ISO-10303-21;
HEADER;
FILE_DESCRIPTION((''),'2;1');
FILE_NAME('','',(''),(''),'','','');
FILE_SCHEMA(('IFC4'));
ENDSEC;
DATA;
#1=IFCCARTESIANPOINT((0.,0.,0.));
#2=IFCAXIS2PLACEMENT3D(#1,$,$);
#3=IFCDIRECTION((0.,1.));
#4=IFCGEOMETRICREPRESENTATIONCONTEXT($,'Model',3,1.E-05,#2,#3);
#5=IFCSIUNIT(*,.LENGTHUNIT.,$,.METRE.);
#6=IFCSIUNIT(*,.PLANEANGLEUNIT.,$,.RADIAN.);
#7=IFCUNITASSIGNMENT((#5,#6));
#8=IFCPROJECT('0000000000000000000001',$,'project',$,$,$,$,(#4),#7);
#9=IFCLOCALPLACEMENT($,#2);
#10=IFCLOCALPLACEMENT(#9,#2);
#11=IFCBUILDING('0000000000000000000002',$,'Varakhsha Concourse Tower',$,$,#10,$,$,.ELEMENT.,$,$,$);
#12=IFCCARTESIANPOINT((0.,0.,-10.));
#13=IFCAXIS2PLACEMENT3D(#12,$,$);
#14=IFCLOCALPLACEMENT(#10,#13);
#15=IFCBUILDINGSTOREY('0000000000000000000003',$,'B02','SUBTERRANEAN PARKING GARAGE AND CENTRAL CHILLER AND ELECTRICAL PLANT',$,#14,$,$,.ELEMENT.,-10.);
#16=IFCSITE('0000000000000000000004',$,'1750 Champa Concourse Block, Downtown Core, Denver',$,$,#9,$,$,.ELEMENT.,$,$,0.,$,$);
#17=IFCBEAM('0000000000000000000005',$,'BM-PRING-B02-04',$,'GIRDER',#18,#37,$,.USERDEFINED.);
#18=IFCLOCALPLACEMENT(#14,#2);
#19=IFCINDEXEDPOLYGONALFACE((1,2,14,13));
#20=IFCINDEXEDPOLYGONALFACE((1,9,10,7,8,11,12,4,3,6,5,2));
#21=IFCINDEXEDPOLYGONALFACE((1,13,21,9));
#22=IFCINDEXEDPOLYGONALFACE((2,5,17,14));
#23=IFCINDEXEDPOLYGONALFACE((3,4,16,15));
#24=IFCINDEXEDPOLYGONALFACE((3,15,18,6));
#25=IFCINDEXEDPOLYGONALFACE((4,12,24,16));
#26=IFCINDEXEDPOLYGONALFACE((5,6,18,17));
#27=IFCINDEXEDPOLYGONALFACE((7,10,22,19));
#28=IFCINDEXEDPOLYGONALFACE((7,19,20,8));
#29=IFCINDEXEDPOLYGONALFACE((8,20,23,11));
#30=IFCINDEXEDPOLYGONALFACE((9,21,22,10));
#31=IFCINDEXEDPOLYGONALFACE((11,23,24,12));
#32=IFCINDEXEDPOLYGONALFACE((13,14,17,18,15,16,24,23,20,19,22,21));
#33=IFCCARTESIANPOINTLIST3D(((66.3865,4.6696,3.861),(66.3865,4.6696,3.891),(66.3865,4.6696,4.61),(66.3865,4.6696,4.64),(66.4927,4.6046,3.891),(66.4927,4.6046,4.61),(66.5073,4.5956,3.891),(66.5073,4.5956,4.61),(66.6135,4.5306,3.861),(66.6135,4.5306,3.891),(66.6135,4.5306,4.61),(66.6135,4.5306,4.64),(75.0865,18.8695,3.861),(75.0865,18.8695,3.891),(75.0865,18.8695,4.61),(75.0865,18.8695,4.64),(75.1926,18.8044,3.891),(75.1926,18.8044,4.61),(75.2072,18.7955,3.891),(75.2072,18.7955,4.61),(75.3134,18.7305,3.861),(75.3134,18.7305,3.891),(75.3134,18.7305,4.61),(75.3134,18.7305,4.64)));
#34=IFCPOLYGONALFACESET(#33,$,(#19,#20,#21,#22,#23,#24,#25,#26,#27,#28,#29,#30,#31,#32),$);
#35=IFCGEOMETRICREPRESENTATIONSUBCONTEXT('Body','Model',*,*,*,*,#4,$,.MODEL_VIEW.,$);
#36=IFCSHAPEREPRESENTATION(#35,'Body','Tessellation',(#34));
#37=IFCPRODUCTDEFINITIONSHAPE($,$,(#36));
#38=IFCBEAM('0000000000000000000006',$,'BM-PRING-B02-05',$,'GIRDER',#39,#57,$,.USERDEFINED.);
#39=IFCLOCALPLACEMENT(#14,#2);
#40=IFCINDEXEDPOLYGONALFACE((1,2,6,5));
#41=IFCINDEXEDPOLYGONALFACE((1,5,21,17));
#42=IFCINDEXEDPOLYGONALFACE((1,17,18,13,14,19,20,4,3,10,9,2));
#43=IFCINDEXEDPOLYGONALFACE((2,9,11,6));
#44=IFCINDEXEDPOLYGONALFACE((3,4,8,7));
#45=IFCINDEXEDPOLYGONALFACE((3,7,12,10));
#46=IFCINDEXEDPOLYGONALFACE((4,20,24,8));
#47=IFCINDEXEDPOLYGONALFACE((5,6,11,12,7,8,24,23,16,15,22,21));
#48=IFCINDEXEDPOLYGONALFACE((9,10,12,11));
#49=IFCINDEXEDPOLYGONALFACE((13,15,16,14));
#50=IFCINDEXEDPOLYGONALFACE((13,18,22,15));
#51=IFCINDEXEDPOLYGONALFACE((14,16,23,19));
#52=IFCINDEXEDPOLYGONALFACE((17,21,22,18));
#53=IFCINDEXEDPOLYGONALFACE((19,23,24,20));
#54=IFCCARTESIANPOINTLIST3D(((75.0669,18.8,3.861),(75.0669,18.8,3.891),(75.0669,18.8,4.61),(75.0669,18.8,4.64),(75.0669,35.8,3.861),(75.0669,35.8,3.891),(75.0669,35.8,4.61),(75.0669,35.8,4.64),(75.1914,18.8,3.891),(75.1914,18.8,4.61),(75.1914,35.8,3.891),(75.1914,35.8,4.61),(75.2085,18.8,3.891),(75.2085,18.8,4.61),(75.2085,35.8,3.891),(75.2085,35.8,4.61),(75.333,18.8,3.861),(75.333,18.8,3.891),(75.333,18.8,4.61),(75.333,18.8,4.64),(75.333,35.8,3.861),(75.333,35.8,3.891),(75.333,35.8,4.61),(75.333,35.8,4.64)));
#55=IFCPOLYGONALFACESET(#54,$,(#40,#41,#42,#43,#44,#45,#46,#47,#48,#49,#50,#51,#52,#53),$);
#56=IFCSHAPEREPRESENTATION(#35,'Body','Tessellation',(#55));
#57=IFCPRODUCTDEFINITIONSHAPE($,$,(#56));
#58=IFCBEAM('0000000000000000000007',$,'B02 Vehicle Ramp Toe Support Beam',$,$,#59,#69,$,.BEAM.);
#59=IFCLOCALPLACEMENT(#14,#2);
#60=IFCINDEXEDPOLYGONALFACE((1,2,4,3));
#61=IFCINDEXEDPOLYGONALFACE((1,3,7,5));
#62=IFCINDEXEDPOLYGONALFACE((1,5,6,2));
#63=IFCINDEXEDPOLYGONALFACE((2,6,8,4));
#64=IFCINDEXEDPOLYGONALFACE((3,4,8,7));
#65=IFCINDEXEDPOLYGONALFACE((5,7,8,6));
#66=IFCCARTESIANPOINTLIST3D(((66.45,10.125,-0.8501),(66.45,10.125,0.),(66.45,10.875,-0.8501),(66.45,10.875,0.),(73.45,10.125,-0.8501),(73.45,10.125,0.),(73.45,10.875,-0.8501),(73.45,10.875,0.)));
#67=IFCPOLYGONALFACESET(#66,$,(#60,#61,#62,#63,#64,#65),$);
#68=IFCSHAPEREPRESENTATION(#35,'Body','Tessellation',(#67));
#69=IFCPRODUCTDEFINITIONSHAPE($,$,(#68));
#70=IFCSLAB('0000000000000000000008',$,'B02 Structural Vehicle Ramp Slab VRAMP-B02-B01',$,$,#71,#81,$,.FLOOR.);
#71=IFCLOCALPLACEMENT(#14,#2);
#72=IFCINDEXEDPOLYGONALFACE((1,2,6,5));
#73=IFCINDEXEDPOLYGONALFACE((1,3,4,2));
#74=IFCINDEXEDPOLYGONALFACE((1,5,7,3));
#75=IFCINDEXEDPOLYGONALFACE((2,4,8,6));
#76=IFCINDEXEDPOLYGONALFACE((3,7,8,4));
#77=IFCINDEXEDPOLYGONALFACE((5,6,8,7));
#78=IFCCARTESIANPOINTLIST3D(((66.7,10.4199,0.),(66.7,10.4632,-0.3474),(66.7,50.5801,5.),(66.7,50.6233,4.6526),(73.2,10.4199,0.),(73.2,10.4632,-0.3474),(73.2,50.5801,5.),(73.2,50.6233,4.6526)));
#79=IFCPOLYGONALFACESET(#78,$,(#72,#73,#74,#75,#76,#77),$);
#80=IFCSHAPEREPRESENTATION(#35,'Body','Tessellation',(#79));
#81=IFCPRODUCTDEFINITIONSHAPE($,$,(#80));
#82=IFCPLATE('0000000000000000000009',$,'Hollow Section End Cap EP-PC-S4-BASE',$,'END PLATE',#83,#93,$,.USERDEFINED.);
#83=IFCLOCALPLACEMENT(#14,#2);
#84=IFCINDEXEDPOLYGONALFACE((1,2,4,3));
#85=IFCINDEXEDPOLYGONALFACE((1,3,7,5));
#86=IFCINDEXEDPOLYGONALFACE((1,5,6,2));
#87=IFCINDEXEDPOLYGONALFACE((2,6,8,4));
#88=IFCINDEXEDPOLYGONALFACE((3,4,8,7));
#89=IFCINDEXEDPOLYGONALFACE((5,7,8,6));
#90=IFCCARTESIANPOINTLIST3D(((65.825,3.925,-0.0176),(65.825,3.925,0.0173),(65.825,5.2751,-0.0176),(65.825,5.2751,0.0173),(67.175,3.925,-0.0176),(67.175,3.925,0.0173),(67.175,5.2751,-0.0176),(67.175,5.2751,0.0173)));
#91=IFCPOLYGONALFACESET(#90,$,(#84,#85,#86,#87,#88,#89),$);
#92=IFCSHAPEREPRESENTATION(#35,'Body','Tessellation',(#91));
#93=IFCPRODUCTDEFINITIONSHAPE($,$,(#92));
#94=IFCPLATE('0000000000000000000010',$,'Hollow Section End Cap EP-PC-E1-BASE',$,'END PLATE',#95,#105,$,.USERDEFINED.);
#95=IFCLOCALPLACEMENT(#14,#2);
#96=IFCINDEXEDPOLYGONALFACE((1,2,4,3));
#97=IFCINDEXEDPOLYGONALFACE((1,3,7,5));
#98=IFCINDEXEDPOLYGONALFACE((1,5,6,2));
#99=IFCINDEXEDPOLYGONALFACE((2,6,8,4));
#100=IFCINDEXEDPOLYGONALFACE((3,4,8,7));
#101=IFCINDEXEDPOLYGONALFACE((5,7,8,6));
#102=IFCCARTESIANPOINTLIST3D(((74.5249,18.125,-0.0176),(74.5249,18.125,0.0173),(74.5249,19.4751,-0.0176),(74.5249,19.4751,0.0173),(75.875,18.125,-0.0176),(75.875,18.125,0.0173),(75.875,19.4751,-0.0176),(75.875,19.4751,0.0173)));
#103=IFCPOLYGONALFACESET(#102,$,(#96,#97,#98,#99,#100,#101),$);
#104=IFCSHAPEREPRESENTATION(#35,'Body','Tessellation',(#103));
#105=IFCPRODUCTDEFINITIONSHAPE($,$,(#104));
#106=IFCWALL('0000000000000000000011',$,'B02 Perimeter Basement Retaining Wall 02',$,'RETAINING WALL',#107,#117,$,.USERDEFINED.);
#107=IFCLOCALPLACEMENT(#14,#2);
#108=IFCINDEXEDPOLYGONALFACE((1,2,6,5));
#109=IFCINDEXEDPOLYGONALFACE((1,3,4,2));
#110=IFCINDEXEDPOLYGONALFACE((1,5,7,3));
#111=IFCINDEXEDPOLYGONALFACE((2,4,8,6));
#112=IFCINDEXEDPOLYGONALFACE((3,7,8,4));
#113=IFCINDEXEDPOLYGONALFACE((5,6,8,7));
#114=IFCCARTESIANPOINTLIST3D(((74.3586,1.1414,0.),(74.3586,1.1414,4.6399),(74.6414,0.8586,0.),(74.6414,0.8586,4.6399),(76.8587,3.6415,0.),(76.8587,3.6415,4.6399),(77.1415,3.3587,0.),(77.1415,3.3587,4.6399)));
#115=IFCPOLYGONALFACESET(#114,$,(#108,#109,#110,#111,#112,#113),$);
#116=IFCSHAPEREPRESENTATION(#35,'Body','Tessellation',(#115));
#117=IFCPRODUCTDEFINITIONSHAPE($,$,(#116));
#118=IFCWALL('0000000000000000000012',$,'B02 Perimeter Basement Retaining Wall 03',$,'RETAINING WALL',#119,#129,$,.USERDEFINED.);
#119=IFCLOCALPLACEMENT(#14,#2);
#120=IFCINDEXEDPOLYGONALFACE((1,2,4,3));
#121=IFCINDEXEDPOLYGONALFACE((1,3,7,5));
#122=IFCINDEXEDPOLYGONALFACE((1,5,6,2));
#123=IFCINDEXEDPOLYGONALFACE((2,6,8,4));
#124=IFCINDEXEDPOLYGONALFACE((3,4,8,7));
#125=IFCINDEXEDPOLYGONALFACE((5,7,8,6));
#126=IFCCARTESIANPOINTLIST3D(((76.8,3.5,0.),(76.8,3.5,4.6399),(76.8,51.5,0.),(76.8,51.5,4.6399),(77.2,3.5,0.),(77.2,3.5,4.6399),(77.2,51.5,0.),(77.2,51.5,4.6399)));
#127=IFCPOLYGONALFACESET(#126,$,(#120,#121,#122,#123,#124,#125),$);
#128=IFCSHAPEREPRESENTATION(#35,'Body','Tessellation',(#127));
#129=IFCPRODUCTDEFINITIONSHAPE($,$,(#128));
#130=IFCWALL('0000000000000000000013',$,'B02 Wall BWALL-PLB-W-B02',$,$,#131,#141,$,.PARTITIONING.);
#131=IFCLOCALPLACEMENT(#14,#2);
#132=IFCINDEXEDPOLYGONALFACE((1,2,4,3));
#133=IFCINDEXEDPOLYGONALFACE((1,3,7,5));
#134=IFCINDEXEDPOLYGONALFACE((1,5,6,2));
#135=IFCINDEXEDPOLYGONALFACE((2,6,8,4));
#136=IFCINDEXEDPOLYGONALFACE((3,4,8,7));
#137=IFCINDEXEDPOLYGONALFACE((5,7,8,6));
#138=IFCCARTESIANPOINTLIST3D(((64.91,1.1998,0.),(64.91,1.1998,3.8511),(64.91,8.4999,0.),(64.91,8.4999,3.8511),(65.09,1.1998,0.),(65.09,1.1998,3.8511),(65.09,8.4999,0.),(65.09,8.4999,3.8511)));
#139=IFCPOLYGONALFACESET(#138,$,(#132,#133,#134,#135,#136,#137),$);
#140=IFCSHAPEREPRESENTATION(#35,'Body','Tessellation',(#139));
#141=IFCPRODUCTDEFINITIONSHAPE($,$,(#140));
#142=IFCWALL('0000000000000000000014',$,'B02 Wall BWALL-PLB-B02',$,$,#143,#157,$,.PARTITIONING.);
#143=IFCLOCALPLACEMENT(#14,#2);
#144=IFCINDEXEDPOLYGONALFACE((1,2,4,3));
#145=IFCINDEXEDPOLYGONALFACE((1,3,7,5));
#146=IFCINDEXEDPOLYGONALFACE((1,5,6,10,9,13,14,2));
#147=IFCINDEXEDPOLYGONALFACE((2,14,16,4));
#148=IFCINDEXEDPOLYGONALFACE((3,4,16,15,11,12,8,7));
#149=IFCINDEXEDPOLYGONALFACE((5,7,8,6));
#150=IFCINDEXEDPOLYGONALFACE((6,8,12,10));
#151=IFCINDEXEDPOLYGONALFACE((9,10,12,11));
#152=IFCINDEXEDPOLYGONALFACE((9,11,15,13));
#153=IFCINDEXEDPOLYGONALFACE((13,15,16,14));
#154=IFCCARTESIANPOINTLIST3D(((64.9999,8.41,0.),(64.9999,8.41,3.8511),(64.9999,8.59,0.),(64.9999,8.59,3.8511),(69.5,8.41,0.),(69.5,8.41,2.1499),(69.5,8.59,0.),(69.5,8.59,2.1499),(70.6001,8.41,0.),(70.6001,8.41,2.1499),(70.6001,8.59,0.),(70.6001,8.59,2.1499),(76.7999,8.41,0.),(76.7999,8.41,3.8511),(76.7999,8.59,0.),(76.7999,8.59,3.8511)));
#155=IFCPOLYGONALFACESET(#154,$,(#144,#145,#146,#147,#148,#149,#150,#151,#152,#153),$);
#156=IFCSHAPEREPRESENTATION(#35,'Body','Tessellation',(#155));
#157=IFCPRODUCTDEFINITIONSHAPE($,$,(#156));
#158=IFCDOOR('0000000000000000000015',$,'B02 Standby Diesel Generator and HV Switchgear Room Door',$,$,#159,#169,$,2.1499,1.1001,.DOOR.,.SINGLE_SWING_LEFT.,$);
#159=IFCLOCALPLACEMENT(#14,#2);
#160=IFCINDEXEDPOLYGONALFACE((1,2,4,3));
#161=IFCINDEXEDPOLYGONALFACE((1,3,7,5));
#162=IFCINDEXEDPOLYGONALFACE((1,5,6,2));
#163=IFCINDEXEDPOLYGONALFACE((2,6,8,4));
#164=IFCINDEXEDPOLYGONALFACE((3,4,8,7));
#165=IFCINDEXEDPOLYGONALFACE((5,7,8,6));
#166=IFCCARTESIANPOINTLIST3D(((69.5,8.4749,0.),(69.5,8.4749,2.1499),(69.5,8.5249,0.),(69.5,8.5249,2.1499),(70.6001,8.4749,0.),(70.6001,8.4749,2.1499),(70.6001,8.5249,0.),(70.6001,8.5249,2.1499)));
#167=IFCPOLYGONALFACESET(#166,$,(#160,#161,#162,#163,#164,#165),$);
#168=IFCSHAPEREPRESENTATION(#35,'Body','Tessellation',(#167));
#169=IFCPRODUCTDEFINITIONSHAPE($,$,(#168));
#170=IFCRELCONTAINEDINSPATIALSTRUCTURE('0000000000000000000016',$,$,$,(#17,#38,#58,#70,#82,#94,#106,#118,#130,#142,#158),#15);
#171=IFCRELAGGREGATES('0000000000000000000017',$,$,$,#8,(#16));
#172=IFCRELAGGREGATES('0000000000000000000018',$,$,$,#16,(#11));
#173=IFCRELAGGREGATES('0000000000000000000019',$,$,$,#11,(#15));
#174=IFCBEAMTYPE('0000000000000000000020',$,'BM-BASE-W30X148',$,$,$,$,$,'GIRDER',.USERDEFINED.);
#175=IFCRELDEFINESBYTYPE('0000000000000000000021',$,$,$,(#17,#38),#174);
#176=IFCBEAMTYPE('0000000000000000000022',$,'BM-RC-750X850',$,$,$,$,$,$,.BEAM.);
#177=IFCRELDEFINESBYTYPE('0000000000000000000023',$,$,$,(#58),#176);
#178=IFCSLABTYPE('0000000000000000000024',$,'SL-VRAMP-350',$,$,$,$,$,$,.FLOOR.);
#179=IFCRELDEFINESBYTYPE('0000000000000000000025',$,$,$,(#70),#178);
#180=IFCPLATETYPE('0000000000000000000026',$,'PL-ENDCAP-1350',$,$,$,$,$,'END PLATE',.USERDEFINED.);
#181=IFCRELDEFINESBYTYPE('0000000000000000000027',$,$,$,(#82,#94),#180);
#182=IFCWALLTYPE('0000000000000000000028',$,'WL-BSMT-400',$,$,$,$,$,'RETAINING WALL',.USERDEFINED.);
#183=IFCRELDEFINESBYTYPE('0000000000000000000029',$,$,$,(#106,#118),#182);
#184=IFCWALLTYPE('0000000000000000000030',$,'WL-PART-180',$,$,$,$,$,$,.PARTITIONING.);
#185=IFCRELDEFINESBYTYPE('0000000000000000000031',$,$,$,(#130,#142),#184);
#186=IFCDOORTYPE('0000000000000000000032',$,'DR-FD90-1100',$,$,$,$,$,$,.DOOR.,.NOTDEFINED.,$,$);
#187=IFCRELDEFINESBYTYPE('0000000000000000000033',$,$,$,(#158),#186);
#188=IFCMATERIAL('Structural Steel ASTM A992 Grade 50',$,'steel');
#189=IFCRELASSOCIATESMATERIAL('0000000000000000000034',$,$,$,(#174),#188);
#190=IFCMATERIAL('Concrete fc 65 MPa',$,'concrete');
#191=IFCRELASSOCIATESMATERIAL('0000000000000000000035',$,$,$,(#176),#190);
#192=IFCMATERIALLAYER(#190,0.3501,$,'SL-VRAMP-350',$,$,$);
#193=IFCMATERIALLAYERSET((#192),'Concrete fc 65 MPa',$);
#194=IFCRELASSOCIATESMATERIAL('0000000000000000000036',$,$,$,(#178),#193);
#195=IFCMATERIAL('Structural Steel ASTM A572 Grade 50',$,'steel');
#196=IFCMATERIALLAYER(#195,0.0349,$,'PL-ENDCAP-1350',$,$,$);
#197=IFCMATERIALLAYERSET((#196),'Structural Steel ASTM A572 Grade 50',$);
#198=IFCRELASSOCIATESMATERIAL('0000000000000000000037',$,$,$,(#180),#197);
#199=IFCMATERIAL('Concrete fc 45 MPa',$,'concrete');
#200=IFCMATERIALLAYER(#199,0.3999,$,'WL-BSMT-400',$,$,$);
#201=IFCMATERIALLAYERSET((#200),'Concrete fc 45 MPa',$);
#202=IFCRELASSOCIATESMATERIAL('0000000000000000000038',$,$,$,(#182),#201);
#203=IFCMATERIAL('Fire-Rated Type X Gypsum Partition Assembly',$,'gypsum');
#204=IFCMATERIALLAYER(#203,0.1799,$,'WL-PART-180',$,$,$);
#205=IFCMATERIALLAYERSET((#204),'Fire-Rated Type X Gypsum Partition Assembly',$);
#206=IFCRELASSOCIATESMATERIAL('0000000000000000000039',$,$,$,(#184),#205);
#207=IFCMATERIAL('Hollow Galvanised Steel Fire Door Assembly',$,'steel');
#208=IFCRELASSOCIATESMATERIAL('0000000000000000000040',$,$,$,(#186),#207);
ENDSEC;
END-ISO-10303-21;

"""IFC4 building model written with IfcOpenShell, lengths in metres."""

from ifc_helpers import new_model, si_unit, direction, frame, frame_2d, origin, origin_2d, place, context, subcontext, project, spatial, polyline, rectangle, i_section, outline, extrude, source, transform, mapped, material, layer, layer_set, material_profile, profile_set, type_object, type_shapes, element, fill, save


model = new_model("IFC4")

# Units and contexts
model_context = context("Model", 3, precision=1e-05, world=origin(), true_north=direction((0.0, 1.0)))
body_context = subcontext(model_context, "Body", "Model", "MODEL_VIEW")
ifc_project = project(units=[si_unit("LENGTHUNIT", "METRE"), si_unit("PLANEANGLEUNIT", "RADIAN")], contexts=[model_context])

# Site, building, storey
site_placement = place(None, origin())
site = spatial("IfcSite", under=ifc_project, at=site_placement, Name="1750 Champa Concourse Block, Downtown Core, Denver", CompositionType="ELEMENT", RefElevation=0.0)
building_placement = place(site_placement, origin())
building = spatial("IfcBuilding", under=site, at=building_placement, Name="Varakhsha Concourse Tower", CompositionType="ELEMENT")
storey_placement = place(building_placement, frame((0.0, 0.0, -10.0)))
storey = spatial("IfcBuildingStorey", under=building, at=storey_placement, Name="B02", Description="SUBTERRANEAN PARKING GARAGE AND CENTRAL CHILLER AND ELECTRICAL PLANT", CompositionType="ELEMENT", Elevation=-10.0)

# Shared definitions
ifc_material_1 = material(Name="Concrete fc 65 MPa", Category="concrete")

# Shared definitions
ifc_material_2 = material(Name="Structural Steel ASTM A992 Grade 50", Category="steel")
ifc_material_3 = material(Name="Structural Steel ASTM A572 Grade 50", Category="steel")

# Beams
ifc_material_profile_1 = material_profile(ifc_material_2, i_section(OverallWidth=0.2661, OverallDepth=0.7791, WebThickness=0.0171, FlangeThickness=0.03, at=origin_2d()), Name="W30X148")
ifc_profile_set_1 = profile_set([ifc_material_profile_1], Name="Structural Steel ASTM A992 Grade 50")
beam_type_1 = type_object("IfcBeamType", Name="BM-BASE-W30X148", ElementType="GIRDER", PredefinedType="USERDEFINED", material=ifc_profile_set_1)
beam_1_placement = place(storey_placement, frame((66.5, 4.6001, 4.2505), z_axis=(0.52242, 0.852688, 0.0), x_axis=(-0.852688, 0.52242, 0.0)))
element("IfcBeam", 1, at=beam_1_placement, inside=storey, type_object=beam_type_1, Name="BM-PRING-B02-04", ObjectType="GIRDER", PredefinedType="USERDEFINED", context=body_context, shape_type="SweptSolid", body=[
    extrude(i_section(OverallWidth=0.2661, OverallDepth=0.7791, WebThickness=0.0171, FlangeThickness=0.03, at=origin_2d()), origin(), (0.0, 0.0, 1.0), 16.6531),
])
beam_2_placement = place(storey_placement, frame((75.2, 18.8, 4.2505), z_axis=(0.0, 1.0, 0.0), x_axis=(-1.0, 0.0, 0.0)))
element("IfcBeam", 2, at=beam_2_placement, inside=storey, type_object=beam_type_1, Name="BM-PRING-B02-05", ObjectType="GIRDER", PredefinedType="USERDEFINED", context=body_context, shape_type="SweptSolid", body=[
    extrude(i_section(OverallWidth=0.2661, OverallDepth=0.7791, WebThickness=0.0171, FlangeThickness=0.03, at=origin_2d()), origin(), (0.0, 0.0, 1.0), 17.0),
])
ifc_material_profile_2 = material_profile(ifc_material_1, rectangle(XDim=0.75, YDim=0.8501, at=origin_2d()), Name="RC 750x850")
ifc_profile_set_2 = profile_set([ifc_material_profile_2], Name="Concrete fc 65 MPa")
beam_type_2 = type_object("IfcBeamType", Name="BM-RC-750X850", PredefinedType="BEAM", material=ifc_profile_set_2)
beam_3_placement = place(storey_placement, frame((66.45, 10.5, -0.425), z_axis=(1.0, 0.0, 0.0), x_axis=(0.0, 1.0, 0.0)))
element("IfcBeam", 3, at=beam_3_placement, inside=storey, type_object=beam_type_2, Name="B02 Vehicle Ramp Toe Support Beam", PredefinedType="BEAM", context=body_context, shape_type="SweptSolid", body=[
    extrude(rectangle(XDim=0.75, YDim=0.8501, at=origin_2d()), origin(), (0.0, 0.0, 1.0), 7.0),
])

# Slab
ifc_layer_1 = layer(ifc_material_1, 0.3501, Name="SL-VRAMP-350")
ifc_layer_set_1 = layer_set([ifc_layer_1], Name="Concrete fc 65 MPa")
slab_type = type_object("IfcSlabType", Name="SL-VRAMP-350", PredefinedType="FLOOR", material=ifc_layer_set_1)
slab_placement = place(storey_placement, frame((66.7, 10.4199, 0.0), z_axis=(0.0, -0.123548, 0.992339), x_axis=(1.0, 0.0, 0.0)))
element("IfcSlab", 4, at=slab_placement, inside=storey, type_object=slab_type, Name="B02 Structural Vehicle Ramp Slab VRAMP-B02-B01", PredefinedType="FLOOR", context=body_context, shape_type="SweptSolid", body=[
    extrude(outline(polyline([(0.0, 0.0), (6.5, 0.0), (6.5, 40.4702), (0.0, 40.4702), (0.0, 0.0)])), origin(), (0.0, 0.0, -1.0), 0.3501),
])

# Plates
ifc_layer_2 = layer(ifc_material_3, 0.0349, Name="PL-ENDCAP-1350")
ifc_layer_set_2 = layer_set([ifc_layer_2], Name="Structural Steel ASTM A572 Grade 50")
plate_type = type_object("IfcPlateType", Name="PL-ENDCAP-1350", ElementType="END PLATE", PredefinedType="USERDEFINED", material=ifc_layer_set_2)
shared_shape = source(origin(), body_context, "Body", "SweptSolid", [
    extrude(rectangle(XDim=1.3501, YDim=1.3501, at=origin_2d()), origin(), (0.0, 0.0, 1.0), 0.0349),
])
type_shapes(plate_type, [shared_shape])
for number, where, z_axis, x_axis, name in (
    (5, (66.5, 4.6001, -0.0176), (0.0, 0.0, 1.0), (1.0, 0.0, 0.0), "Hollow Section End Cap EP-PC-S4-BASE"),
    (6, (75.2, 18.8, -0.0176), (0.0, 0.0, 1.0), (1.0, 0.0, 0.0), "Hollow Section End Cap EP-PC-E1-BASE"),
):
    element("IfcPlate", number, at=place(storey_placement, frame(where, z_axis=z_axis, x_axis=x_axis)), inside=storey, type_object=plate_type, Name=name, ObjectType="END PLATE", PredefinedType="USERDEFINED", context=body_context, shape_type="MappedRepresentation", body=[
        mapped(shared_shape, transform((0.0, 0.0, 0.0), scale=1.0)),
    ])

# Walls
ifc_material_4 = material(Name="Concrete fc 45 MPa", Category="concrete")
ifc_layer_3 = layer(ifc_material_4, 0.3999, Name="WL-BSMT-400")
ifc_layer_set_3 = layer_set([ifc_layer_3], Name="Concrete fc 45 MPa")
wall_type_1 = type_object("IfcWallType", Name="WL-BSMT-400", ElementType="RETAINING WALL", PredefinedType="USERDEFINED", material=ifc_layer_set_3)
wall_1_placement = place(storey_placement, frame((74.5, 1.0, 0.0), z_axis=(0.0, 0.0, 1.0), x_axis=(0.707107, 0.707107, 0.0)))
element("IfcWall", 7, at=wall_1_placement, inside=storey, type_object=wall_type_1, Name="B02 Perimeter Basement Retaining Wall 02", ObjectType="RETAINING WALL", PredefinedType="USERDEFINED", context=body_context, shape_type="SweptSolid", body=[
    extrude(rectangle(XDim=3.5356, YDim=0.3999, at=frame_2d((1.7678, 0.0))), origin(), (0.0, 0.0, 1.0), 4.6399),
])
wall_2_placement = place(storey_placement, frame((77.0, 3.5, 0.0), z_axis=(0.0, 0.0, 1.0), x_axis=(0.0, 1.0, 0.0)))
element("IfcWall", 8, at=wall_2_placement, inside=storey, type_object=wall_type_1, Name="B02 Perimeter Basement Retaining Wall 03", ObjectType="RETAINING WALL", PredefinedType="USERDEFINED", context=body_context, shape_type="SweptSolid", body=[
    extrude(rectangle(XDim=48.0, YDim=0.3999, at=frame_2d((24.0, 0.0))), origin(), (0.0, 0.0, 1.0), 4.6399),
])
ifc_material_5 = material(Name="Fire-Rated Type X Gypsum Partition Assembly", Category="gypsum")
ifc_layer_4 = layer(ifc_material_5, 0.1799, Name="WL-PART-180")
ifc_layer_set_4 = layer_set([ifc_layer_4], Name="Fire-Rated Type X Gypsum Partition Assembly")
wall_type_2 = type_object("IfcWallType", Name="WL-PART-180", PredefinedType="PARTITIONING", material=ifc_layer_set_4)
wall_3_placement = place(storey_placement, frame((65.0, 1.2, 0.0), z_axis=(0.0, 0.0, 1.0), x_axis=(0.0, 1.0, 0.0)))
element("IfcWall", 9, at=wall_3_placement, inside=storey, type_object=wall_type_2, Name="B02 Wall BWALL-PLB-W-B02", PredefinedType="PARTITIONING", context=body_context, shape_type="SweptSolid", body=[
    extrude(rectangle(XDim=7.3, YDim=0.1799, at=frame_2d((3.6499, 0.0))), origin(), (0.0, 0.0, 1.0), 3.8511),
])

# Wall, opening, door
wall_4_placement = place(storey_placement, frame((65.0, 8.5, 0.0), z_axis=(0.0, 0.0, 1.0), x_axis=(1.0, 0.0, 0.0)))
wall_4 = element("IfcWall", 10, at=wall_4_placement, inside=storey, type_object=wall_type_2, Name="B02 Wall BWALL-PLB-B02", PredefinedType="PARTITIONING", context=body_context, shape_type="SweptSolid", body=[
    extrude(rectangle(XDim=11.8, YDim=0.1799, at=frame_2d((5.8999, 0.0))), origin(), (0.0, 0.0, 1.0), 3.8511),
])
opening_1_placement = place(wall_4_placement, frame((4.5, 0.0, 0.0)))
opening_1 = element("IfcOpeningElement", 11, at=opening_1_placement, cuts=wall_4, PredefinedType="OPENING", context=body_context, shape_type="SweptSolid", body=[
    extrude(rectangle(XDim=1.1001, YDim=2.1499, at=frame_2d((0.55, 1.075))), frame((0.0, 0.0999, 0.0), z_axis=(0.0, -1.0, 0.0), x_axis=(1.0, 0.0, 0.0)), (0.0, 0.0, 1.0), 0.2),
])
ifc_material_6 = material(Name="Hollow Galvanised Steel Fire Door Assembly", Category="steel")
door_type = type_object("IfcDoorType", Name="DR-FD90-1100", OperationType="NOTDEFINED", PredefinedType="DOOR", material=ifc_material_6)
door_1_placement = place(opening_1_placement, origin())
door_1 = element("IfcDoor", 12, at=door_1_placement, inside=storey, type_object=door_type, Name="B02 Standby Diesel Generator and HV Switchgear Room Door", OperationType="SINGLE_SWING_LEFT", OverallHeight=2.1499, OverallWidth=1.1001, PredefinedType="DOOR", context=body_context, shape_type="SweptSolid", body=[
    extrude(rectangle(XDim=1.1001, YDim=2.1499, at=frame_2d((0.55, 1.075))), frame((0.0, 0.0249, 0.0), z_axis=(0.0, -1.0, 0.0), x_axis=(1.0, 0.0, 0.0)), (0.0, 0.0, 1.0), 0.05),
])
fill(opening_1, door_1)

save(model, "model.ifc")
